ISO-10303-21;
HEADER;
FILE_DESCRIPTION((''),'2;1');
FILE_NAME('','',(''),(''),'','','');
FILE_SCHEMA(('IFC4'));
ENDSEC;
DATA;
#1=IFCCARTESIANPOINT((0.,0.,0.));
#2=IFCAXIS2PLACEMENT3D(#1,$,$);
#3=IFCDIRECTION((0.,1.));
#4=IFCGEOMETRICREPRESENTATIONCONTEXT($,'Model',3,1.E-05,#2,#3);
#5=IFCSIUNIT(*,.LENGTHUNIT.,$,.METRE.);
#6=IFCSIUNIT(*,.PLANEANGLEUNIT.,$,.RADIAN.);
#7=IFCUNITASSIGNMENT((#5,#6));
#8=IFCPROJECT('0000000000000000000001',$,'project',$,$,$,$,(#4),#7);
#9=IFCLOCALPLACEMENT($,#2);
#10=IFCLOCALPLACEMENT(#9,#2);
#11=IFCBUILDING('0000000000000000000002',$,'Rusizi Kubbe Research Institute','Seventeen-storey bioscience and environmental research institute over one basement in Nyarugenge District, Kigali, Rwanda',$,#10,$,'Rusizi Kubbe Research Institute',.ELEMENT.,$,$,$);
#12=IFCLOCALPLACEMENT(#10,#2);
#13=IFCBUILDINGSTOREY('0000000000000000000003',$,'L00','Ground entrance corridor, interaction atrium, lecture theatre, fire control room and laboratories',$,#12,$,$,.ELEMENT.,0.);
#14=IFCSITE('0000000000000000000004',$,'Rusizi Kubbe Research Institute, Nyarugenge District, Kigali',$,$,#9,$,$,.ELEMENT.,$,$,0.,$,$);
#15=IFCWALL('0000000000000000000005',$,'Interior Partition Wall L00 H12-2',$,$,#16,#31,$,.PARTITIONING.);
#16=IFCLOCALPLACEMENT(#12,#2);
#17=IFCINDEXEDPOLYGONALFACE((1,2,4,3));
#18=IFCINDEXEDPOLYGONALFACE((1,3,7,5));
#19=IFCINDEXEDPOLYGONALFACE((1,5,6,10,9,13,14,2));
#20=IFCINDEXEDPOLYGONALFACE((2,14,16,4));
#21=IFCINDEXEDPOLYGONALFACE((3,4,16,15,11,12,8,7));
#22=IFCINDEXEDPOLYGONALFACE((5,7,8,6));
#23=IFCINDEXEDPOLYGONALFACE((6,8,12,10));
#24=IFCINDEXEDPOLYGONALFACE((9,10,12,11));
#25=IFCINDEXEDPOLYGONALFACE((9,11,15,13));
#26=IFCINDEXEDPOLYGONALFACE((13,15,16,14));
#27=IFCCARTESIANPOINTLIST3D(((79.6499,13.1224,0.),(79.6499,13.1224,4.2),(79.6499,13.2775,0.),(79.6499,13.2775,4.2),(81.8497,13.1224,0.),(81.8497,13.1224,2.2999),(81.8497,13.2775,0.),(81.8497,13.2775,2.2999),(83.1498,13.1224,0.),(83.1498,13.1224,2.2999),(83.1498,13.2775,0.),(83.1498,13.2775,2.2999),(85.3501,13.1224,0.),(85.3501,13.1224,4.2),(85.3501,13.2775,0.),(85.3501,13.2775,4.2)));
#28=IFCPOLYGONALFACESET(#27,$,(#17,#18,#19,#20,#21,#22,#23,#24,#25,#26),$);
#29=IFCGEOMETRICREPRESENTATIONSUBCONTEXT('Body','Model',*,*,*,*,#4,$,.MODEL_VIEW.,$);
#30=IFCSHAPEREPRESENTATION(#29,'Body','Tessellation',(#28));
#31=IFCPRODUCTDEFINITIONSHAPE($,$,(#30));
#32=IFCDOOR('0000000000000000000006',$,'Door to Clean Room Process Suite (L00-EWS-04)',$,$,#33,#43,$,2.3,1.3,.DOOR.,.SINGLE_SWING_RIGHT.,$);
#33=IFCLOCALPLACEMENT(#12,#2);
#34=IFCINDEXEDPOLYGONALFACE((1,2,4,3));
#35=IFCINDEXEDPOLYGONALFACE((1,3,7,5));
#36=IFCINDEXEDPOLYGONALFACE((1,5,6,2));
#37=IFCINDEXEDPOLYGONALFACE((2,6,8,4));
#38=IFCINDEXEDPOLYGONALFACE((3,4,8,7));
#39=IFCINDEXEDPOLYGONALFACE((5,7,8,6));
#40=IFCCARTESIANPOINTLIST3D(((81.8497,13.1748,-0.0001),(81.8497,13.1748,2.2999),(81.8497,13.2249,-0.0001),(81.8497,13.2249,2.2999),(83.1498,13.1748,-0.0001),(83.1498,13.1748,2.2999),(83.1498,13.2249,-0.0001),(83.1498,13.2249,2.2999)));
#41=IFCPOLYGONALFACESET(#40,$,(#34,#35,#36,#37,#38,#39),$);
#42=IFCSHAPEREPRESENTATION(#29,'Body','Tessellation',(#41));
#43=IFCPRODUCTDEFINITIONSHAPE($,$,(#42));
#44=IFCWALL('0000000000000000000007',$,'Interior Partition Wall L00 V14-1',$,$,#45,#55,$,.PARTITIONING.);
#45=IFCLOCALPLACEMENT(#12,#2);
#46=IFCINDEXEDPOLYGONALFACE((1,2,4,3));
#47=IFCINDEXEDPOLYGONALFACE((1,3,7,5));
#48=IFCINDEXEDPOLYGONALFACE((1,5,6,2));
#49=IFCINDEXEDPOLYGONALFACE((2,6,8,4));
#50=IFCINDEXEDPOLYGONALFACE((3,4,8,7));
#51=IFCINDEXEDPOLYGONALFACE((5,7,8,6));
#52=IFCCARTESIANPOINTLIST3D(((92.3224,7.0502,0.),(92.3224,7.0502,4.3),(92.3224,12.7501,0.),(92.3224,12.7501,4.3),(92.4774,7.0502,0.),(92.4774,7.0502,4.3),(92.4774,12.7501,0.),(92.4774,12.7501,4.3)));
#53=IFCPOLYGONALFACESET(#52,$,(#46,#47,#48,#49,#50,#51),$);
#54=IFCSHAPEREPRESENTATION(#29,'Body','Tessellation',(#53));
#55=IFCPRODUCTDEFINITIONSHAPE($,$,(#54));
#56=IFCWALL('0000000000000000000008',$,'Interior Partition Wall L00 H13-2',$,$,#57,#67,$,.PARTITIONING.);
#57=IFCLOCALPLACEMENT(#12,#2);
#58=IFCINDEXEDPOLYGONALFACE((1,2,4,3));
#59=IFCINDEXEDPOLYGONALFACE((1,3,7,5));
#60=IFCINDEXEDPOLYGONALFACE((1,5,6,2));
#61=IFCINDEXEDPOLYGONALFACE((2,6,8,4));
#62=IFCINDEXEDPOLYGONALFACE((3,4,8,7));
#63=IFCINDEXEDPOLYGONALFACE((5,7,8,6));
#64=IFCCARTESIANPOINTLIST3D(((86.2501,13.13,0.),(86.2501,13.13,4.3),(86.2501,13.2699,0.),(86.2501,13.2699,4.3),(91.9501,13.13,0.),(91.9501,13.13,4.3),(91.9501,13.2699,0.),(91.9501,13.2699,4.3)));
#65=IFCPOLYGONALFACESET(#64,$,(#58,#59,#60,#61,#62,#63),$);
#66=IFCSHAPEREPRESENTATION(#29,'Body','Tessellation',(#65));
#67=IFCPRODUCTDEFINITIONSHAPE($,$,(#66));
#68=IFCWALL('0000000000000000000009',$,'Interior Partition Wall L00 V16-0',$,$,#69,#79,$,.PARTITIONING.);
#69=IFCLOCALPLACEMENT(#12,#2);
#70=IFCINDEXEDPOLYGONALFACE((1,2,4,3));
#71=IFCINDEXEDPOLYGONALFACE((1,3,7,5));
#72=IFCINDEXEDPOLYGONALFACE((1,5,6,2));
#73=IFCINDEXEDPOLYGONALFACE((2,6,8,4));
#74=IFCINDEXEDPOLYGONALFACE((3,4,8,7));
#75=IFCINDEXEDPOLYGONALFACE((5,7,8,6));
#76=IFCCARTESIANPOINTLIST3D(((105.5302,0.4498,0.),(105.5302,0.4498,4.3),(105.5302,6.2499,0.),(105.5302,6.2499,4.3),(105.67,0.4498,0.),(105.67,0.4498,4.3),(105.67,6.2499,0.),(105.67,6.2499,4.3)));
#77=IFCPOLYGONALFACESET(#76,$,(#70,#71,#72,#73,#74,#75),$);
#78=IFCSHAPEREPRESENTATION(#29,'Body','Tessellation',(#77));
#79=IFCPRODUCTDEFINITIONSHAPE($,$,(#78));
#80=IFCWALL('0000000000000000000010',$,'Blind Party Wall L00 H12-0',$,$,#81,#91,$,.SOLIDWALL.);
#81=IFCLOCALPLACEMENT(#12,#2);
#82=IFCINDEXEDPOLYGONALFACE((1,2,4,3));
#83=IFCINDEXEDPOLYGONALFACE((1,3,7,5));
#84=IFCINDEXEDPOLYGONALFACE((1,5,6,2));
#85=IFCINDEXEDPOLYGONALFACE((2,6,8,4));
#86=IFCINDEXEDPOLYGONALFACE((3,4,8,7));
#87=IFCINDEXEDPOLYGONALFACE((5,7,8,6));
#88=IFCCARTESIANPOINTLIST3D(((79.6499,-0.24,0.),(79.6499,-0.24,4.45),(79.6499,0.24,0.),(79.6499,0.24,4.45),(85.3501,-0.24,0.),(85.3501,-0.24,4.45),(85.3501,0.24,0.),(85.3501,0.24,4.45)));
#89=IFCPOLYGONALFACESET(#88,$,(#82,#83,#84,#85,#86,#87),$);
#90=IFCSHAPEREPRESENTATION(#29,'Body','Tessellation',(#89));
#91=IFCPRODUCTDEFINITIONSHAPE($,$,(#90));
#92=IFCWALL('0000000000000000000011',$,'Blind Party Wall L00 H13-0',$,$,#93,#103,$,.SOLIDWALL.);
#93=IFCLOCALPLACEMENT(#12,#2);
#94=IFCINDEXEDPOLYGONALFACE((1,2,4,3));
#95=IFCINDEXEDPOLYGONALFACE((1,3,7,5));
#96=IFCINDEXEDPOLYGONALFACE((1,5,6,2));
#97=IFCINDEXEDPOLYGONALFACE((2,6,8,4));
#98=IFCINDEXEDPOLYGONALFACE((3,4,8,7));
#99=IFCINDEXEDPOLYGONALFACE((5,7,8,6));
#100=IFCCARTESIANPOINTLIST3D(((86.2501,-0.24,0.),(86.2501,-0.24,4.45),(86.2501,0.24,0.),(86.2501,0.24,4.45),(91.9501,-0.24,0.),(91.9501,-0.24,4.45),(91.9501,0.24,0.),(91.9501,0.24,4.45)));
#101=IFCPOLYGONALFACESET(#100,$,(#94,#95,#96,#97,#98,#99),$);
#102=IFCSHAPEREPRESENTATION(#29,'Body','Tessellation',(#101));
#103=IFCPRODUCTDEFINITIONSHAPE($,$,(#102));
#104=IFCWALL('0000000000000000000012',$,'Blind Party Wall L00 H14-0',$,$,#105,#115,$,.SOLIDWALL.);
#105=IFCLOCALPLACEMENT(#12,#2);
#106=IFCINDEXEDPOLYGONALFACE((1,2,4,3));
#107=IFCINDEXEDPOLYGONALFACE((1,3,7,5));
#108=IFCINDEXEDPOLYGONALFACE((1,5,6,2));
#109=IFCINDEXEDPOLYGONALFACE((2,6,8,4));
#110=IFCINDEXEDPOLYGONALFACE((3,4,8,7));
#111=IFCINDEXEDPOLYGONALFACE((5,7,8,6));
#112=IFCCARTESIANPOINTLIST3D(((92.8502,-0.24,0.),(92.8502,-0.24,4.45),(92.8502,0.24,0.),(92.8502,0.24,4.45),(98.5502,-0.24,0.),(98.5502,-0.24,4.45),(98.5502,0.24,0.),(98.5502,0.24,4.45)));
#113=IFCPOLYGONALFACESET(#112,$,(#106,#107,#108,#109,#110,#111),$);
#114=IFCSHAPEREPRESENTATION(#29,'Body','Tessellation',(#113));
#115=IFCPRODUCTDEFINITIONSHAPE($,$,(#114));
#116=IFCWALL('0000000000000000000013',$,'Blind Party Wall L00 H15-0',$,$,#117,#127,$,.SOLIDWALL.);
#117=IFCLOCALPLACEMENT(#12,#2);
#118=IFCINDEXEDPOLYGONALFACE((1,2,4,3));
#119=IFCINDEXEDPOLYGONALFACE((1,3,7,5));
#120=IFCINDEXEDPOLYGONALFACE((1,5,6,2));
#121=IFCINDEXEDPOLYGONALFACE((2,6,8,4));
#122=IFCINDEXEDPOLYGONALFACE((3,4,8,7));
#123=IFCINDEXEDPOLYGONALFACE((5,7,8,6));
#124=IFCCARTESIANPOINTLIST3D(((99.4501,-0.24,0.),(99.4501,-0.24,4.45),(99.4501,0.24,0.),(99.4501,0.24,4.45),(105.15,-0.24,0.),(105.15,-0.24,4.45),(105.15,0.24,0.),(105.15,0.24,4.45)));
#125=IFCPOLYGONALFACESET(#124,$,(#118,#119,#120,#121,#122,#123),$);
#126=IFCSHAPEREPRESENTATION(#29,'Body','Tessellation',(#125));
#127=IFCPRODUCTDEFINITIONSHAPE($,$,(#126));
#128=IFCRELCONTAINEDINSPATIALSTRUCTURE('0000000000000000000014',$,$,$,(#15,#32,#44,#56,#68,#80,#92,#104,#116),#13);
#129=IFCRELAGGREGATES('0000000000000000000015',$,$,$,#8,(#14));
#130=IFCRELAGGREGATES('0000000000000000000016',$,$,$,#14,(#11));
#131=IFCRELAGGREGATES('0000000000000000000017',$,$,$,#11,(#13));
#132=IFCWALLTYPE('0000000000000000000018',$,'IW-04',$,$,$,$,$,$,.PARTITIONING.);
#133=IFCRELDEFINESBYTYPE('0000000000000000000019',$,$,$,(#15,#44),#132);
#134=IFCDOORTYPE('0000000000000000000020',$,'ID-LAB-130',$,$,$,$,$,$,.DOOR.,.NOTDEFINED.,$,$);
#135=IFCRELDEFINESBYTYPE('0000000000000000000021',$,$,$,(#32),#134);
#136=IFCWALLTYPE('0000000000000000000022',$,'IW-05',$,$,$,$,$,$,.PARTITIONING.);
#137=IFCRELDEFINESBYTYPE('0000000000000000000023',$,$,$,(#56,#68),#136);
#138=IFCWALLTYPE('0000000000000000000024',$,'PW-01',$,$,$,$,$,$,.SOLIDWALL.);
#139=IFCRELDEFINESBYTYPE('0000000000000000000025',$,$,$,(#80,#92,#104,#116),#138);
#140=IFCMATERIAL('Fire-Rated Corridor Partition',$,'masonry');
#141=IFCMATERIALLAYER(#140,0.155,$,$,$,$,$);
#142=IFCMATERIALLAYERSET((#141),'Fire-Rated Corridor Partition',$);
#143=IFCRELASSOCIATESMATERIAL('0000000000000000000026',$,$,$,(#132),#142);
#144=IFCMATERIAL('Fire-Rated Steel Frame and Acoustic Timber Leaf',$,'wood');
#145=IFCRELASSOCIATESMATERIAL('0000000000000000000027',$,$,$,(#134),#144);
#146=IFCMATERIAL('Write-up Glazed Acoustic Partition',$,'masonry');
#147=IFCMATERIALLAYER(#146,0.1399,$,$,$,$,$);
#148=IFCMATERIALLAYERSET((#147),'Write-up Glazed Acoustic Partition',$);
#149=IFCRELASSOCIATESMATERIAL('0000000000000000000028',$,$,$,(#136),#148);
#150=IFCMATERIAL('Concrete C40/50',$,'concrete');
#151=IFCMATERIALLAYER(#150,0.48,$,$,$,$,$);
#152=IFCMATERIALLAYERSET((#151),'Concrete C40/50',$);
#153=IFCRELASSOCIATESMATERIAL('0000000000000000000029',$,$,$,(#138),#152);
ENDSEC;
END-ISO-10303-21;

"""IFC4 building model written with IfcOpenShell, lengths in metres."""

from ifc_helpers import new_model, si_unit, direction, frame, frame_2d, origin, place, context, subcontext, project, spatial, rectangle, extrude, material, layer, layer_set, type_object, element, fill, save


model = new_model("IFC4")

# Units and contexts
model_context = context("Model", 3, precision=1e-05, world=origin(), true_north=direction((0.0, 1.0)))
body_context = subcontext(model_context, "Body", "Model", "MODEL_VIEW")
ifc_project = project(units=[si_unit("LENGTHUNIT", "METRE"), si_unit("PLANEANGLEUNIT", "RADIAN")], contexts=[model_context])

# Site, building, storey
site_placement = place(None, origin())
site = spatial("IfcSite", under=ifc_project, at=site_placement, Name="Rusizi Kubbe Research Institute, Nyarugenge District, Kigali", CompositionType="ELEMENT", RefElevation=0.0)
building_placement = place(site_placement, origin())
building = spatial("IfcBuilding", under=site, at=building_placement, Name="Rusizi Kubbe Research Institute", Description="Seventeen-storey bioscience and environmental research institute over one basement in Nyarugenge District, Kigali, Rwanda", LongName="Rusizi Kubbe Research Institute", CompositionType="ELEMENT")
storey_placement = place(building_placement, origin())
storey = spatial("IfcBuildingStorey", under=building, at=storey_placement, Name="L00", Description="Ground entrance corridor, interaction atrium, lecture theatre, fire control room and laboratories", CompositionType="ELEMENT", Elevation=0.0)

# Wall, opening, door
ifc_material_1 = material(Name="Fire-Rated Corridor Partition", Category="masonry")
ifc_layer_1 = layer(ifc_material_1, 0.155)
ifc_layer_set_1 = layer_set([ifc_layer_1], Name="Fire-Rated Corridor Partition")
wall_type_1 = type_object("IfcWallType", Name="IW-04", PredefinedType="PARTITIONING", material=ifc_layer_set_1)
wall_1_placement = place(storey_placement, frame((79.6499, 13.2, 0.0), z_axis=(0.0, 0.0, 1.0), x_axis=(1.0, 0.0, 0.0)))
wall_1 = element("IfcWall", 1, at=wall_1_placement, inside=storey, type_object=wall_type_1, Name="Interior Partition Wall L00 H12-2", PredefinedType="PARTITIONING", context=body_context, shape_type="SweptSolid", body=[
    extrude(rectangle(XDim=5.7002, YDim=0.155, at=frame_2d((2.8501, 0.0))), origin(), (0.0, 0.0, 1.0), 4.2),
])
opening_placement = place(wall_1_placement, frame((2.2, 0.0, 0.0)))
opening = element("IfcOpeningElement", 2, at=opening_placement, cuts=wall_1, PredefinedType="OPENING", context=body_context, shape_type="SweptSolid", body=[
    extrude(rectangle(XDim=1.3, YDim=2.3, at=frame_2d((0.6499, 1.1499))), frame((0.0, 0.0874, 0.0), z_axis=(0.0, -1.0, 0.0), x_axis=(1.0, 0.0, 0.0)), (0.0, 0.0, 1.0), 0.175),
])
ifc_material_2 = material(Name="Fire-Rated Steel Frame and Acoustic Timber Leaf", Category="wood")
door_type = type_object("IfcDoorType", Name="ID-LAB-130", OperationType="NOTDEFINED", PredefinedType="DOOR", material=ifc_material_2)
door_placement = place(opening_placement, origin())
door = element("IfcDoor", 3, at=door_placement, inside=storey, type_object=door_type, Name="Door to Clean Room Process Suite (L00-EWS-04)", OperationType="SINGLE_SWING_RIGHT", OverallHeight=2.3, OverallWidth=1.3, PredefinedType="DOOR", context=body_context, shape_type="SweptSolid", body=[
    extrude(rectangle(XDim=1.3, YDim=2.3, at=frame_2d((0.6499, 1.1499))), frame((0.0, 0.0249, 0.0), z_axis=(0.0, -1.0, 0.0), x_axis=(1.0, 0.0, 0.0)), (0.0, 0.0, 1.0), 0.05),
])
fill(opening, door)

# Walls
wall_2_placement = place(storey_placement, frame((92.3999, 7.05, 0.0), z_axis=(0.0, 0.0, 1.0), x_axis=(0.0, 1.0, 0.0)))
element("IfcWall", 4, at=wall_2_placement, inside=storey, type_object=wall_type_1, Name="Interior Partition Wall L00 V14-1", PredefinedType="PARTITIONING", context=body_context, shape_type="SweptSolid", body=[
    extrude(rectangle(XDim=5.7, YDim=0.155, at=frame_2d((2.8501, 0.0))), origin(), (0.0, 0.0, 1.0), 4.3),
])
ifc_material_3 = material(Name="Write-up Glazed Acoustic Partition", Category="masonry")
ifc_layer_2 = layer(ifc_material_3, 0.1399)
ifc_layer_set_2 = layer_set([ifc_layer_2], Name="Write-up Glazed Acoustic Partition")
wall_type_2 = type_object("IfcWallType", Name="IW-05", PredefinedType="PARTITIONING", material=ifc_layer_set_2)
wall_3_placement = place(storey_placement, frame((86.25, 13.2, 0.0), z_axis=(0.0, 0.0, 1.0), x_axis=(1.0, 0.0, 0.0)))
element("IfcWall", 5, at=wall_3_placement, inside=storey, type_object=wall_type_2, Name="Interior Partition Wall L00 H13-2", PredefinedType="PARTITIONING", context=body_context, shape_type="SweptSolid", body=[
    extrude(rectangle(XDim=5.7, YDim=0.1399, at=frame_2d((2.8501, 0.0))), origin(), (0.0, 0.0, 1.0), 4.3),
])
wall_4_placement = place(storey_placement, frame((105.6001, 0.45, 0.0), z_axis=(0.0, 0.0, 1.0), x_axis=(0.0, 1.0, 0.0)))
element("IfcWall", 6, at=wall_4_placement, inside=storey, type_object=wall_type_2, Name="Interior Partition Wall L00 V16-0", PredefinedType="PARTITIONING", context=body_context, shape_type="SweptSolid", body=[
    extrude(rectangle(XDim=5.8, YDim=0.1399, at=frame_2d((2.8999, 0.0))), origin(), (0.0, 0.0, 1.0), 4.3),
])
ifc_material_4 = material(Name="Concrete C40/50", Category="concrete")
ifc_layer_3 = layer(ifc_material_4, 0.48)
ifc_layer_set_3 = layer_set([ifc_layer_3], Name="Concrete C40/50")
wall_type_3 = type_object("IfcWallType", Name="PW-01", PredefinedType="SOLIDWALL", material=ifc_layer_set_3)
wall_5_placement = place(storey_placement, frame((79.6499, 0.0, 0.0), z_axis=(0.0, 0.0, 1.0), x_axis=(1.0, 0.0, 0.0)))
element("IfcWall", 7, at=wall_5_placement, inside=storey, type_object=wall_type_3, Name="Blind Party Wall L00 H12-0", PredefinedType="SOLIDWALL", context=body_context, shape_type="SweptSolid", body=[
    extrude(rectangle(XDim=5.7002, YDim=0.48, at=frame_2d((2.8501, 0.0))), origin(), (0.0, 0.0, 1.0), 4.45),
])
for number, where, z_axis, x_axis, name in (
    (8, (86.25, 0.0, 0.0), (0.0, 0.0, 1.0), (1.0, 0.0, 0.0), "Blind Party Wall L00 H13-0"),
    (9, (92.8501, 0.0, 0.0), (0.0, 0.0, 1.0), (1.0, 0.0, 0.0), "Blind Party Wall L00 H14-0"),
    (10, (99.45, 0.0, 0.0), (0.0, 0.0, 1.0), (1.0, 0.0, 0.0), "Blind Party Wall L00 H15-0"),
):
    element("IfcWall", number, at=place(storey_placement, frame(where, z_axis=z_axis, x_axis=x_axis)), inside=storey, type_object=wall_type_3, Name=name, PredefinedType="SOLIDWALL", context=body_context, shape_type="SweptSolid", body=[
        extrude(rectangle(XDim=5.7, YDim=0.48, at=frame_2d((2.8501, 0.0))), origin(), (0.0, 0.0, 1.0), 4.45),
    ])

save(model, "model.ifc")
